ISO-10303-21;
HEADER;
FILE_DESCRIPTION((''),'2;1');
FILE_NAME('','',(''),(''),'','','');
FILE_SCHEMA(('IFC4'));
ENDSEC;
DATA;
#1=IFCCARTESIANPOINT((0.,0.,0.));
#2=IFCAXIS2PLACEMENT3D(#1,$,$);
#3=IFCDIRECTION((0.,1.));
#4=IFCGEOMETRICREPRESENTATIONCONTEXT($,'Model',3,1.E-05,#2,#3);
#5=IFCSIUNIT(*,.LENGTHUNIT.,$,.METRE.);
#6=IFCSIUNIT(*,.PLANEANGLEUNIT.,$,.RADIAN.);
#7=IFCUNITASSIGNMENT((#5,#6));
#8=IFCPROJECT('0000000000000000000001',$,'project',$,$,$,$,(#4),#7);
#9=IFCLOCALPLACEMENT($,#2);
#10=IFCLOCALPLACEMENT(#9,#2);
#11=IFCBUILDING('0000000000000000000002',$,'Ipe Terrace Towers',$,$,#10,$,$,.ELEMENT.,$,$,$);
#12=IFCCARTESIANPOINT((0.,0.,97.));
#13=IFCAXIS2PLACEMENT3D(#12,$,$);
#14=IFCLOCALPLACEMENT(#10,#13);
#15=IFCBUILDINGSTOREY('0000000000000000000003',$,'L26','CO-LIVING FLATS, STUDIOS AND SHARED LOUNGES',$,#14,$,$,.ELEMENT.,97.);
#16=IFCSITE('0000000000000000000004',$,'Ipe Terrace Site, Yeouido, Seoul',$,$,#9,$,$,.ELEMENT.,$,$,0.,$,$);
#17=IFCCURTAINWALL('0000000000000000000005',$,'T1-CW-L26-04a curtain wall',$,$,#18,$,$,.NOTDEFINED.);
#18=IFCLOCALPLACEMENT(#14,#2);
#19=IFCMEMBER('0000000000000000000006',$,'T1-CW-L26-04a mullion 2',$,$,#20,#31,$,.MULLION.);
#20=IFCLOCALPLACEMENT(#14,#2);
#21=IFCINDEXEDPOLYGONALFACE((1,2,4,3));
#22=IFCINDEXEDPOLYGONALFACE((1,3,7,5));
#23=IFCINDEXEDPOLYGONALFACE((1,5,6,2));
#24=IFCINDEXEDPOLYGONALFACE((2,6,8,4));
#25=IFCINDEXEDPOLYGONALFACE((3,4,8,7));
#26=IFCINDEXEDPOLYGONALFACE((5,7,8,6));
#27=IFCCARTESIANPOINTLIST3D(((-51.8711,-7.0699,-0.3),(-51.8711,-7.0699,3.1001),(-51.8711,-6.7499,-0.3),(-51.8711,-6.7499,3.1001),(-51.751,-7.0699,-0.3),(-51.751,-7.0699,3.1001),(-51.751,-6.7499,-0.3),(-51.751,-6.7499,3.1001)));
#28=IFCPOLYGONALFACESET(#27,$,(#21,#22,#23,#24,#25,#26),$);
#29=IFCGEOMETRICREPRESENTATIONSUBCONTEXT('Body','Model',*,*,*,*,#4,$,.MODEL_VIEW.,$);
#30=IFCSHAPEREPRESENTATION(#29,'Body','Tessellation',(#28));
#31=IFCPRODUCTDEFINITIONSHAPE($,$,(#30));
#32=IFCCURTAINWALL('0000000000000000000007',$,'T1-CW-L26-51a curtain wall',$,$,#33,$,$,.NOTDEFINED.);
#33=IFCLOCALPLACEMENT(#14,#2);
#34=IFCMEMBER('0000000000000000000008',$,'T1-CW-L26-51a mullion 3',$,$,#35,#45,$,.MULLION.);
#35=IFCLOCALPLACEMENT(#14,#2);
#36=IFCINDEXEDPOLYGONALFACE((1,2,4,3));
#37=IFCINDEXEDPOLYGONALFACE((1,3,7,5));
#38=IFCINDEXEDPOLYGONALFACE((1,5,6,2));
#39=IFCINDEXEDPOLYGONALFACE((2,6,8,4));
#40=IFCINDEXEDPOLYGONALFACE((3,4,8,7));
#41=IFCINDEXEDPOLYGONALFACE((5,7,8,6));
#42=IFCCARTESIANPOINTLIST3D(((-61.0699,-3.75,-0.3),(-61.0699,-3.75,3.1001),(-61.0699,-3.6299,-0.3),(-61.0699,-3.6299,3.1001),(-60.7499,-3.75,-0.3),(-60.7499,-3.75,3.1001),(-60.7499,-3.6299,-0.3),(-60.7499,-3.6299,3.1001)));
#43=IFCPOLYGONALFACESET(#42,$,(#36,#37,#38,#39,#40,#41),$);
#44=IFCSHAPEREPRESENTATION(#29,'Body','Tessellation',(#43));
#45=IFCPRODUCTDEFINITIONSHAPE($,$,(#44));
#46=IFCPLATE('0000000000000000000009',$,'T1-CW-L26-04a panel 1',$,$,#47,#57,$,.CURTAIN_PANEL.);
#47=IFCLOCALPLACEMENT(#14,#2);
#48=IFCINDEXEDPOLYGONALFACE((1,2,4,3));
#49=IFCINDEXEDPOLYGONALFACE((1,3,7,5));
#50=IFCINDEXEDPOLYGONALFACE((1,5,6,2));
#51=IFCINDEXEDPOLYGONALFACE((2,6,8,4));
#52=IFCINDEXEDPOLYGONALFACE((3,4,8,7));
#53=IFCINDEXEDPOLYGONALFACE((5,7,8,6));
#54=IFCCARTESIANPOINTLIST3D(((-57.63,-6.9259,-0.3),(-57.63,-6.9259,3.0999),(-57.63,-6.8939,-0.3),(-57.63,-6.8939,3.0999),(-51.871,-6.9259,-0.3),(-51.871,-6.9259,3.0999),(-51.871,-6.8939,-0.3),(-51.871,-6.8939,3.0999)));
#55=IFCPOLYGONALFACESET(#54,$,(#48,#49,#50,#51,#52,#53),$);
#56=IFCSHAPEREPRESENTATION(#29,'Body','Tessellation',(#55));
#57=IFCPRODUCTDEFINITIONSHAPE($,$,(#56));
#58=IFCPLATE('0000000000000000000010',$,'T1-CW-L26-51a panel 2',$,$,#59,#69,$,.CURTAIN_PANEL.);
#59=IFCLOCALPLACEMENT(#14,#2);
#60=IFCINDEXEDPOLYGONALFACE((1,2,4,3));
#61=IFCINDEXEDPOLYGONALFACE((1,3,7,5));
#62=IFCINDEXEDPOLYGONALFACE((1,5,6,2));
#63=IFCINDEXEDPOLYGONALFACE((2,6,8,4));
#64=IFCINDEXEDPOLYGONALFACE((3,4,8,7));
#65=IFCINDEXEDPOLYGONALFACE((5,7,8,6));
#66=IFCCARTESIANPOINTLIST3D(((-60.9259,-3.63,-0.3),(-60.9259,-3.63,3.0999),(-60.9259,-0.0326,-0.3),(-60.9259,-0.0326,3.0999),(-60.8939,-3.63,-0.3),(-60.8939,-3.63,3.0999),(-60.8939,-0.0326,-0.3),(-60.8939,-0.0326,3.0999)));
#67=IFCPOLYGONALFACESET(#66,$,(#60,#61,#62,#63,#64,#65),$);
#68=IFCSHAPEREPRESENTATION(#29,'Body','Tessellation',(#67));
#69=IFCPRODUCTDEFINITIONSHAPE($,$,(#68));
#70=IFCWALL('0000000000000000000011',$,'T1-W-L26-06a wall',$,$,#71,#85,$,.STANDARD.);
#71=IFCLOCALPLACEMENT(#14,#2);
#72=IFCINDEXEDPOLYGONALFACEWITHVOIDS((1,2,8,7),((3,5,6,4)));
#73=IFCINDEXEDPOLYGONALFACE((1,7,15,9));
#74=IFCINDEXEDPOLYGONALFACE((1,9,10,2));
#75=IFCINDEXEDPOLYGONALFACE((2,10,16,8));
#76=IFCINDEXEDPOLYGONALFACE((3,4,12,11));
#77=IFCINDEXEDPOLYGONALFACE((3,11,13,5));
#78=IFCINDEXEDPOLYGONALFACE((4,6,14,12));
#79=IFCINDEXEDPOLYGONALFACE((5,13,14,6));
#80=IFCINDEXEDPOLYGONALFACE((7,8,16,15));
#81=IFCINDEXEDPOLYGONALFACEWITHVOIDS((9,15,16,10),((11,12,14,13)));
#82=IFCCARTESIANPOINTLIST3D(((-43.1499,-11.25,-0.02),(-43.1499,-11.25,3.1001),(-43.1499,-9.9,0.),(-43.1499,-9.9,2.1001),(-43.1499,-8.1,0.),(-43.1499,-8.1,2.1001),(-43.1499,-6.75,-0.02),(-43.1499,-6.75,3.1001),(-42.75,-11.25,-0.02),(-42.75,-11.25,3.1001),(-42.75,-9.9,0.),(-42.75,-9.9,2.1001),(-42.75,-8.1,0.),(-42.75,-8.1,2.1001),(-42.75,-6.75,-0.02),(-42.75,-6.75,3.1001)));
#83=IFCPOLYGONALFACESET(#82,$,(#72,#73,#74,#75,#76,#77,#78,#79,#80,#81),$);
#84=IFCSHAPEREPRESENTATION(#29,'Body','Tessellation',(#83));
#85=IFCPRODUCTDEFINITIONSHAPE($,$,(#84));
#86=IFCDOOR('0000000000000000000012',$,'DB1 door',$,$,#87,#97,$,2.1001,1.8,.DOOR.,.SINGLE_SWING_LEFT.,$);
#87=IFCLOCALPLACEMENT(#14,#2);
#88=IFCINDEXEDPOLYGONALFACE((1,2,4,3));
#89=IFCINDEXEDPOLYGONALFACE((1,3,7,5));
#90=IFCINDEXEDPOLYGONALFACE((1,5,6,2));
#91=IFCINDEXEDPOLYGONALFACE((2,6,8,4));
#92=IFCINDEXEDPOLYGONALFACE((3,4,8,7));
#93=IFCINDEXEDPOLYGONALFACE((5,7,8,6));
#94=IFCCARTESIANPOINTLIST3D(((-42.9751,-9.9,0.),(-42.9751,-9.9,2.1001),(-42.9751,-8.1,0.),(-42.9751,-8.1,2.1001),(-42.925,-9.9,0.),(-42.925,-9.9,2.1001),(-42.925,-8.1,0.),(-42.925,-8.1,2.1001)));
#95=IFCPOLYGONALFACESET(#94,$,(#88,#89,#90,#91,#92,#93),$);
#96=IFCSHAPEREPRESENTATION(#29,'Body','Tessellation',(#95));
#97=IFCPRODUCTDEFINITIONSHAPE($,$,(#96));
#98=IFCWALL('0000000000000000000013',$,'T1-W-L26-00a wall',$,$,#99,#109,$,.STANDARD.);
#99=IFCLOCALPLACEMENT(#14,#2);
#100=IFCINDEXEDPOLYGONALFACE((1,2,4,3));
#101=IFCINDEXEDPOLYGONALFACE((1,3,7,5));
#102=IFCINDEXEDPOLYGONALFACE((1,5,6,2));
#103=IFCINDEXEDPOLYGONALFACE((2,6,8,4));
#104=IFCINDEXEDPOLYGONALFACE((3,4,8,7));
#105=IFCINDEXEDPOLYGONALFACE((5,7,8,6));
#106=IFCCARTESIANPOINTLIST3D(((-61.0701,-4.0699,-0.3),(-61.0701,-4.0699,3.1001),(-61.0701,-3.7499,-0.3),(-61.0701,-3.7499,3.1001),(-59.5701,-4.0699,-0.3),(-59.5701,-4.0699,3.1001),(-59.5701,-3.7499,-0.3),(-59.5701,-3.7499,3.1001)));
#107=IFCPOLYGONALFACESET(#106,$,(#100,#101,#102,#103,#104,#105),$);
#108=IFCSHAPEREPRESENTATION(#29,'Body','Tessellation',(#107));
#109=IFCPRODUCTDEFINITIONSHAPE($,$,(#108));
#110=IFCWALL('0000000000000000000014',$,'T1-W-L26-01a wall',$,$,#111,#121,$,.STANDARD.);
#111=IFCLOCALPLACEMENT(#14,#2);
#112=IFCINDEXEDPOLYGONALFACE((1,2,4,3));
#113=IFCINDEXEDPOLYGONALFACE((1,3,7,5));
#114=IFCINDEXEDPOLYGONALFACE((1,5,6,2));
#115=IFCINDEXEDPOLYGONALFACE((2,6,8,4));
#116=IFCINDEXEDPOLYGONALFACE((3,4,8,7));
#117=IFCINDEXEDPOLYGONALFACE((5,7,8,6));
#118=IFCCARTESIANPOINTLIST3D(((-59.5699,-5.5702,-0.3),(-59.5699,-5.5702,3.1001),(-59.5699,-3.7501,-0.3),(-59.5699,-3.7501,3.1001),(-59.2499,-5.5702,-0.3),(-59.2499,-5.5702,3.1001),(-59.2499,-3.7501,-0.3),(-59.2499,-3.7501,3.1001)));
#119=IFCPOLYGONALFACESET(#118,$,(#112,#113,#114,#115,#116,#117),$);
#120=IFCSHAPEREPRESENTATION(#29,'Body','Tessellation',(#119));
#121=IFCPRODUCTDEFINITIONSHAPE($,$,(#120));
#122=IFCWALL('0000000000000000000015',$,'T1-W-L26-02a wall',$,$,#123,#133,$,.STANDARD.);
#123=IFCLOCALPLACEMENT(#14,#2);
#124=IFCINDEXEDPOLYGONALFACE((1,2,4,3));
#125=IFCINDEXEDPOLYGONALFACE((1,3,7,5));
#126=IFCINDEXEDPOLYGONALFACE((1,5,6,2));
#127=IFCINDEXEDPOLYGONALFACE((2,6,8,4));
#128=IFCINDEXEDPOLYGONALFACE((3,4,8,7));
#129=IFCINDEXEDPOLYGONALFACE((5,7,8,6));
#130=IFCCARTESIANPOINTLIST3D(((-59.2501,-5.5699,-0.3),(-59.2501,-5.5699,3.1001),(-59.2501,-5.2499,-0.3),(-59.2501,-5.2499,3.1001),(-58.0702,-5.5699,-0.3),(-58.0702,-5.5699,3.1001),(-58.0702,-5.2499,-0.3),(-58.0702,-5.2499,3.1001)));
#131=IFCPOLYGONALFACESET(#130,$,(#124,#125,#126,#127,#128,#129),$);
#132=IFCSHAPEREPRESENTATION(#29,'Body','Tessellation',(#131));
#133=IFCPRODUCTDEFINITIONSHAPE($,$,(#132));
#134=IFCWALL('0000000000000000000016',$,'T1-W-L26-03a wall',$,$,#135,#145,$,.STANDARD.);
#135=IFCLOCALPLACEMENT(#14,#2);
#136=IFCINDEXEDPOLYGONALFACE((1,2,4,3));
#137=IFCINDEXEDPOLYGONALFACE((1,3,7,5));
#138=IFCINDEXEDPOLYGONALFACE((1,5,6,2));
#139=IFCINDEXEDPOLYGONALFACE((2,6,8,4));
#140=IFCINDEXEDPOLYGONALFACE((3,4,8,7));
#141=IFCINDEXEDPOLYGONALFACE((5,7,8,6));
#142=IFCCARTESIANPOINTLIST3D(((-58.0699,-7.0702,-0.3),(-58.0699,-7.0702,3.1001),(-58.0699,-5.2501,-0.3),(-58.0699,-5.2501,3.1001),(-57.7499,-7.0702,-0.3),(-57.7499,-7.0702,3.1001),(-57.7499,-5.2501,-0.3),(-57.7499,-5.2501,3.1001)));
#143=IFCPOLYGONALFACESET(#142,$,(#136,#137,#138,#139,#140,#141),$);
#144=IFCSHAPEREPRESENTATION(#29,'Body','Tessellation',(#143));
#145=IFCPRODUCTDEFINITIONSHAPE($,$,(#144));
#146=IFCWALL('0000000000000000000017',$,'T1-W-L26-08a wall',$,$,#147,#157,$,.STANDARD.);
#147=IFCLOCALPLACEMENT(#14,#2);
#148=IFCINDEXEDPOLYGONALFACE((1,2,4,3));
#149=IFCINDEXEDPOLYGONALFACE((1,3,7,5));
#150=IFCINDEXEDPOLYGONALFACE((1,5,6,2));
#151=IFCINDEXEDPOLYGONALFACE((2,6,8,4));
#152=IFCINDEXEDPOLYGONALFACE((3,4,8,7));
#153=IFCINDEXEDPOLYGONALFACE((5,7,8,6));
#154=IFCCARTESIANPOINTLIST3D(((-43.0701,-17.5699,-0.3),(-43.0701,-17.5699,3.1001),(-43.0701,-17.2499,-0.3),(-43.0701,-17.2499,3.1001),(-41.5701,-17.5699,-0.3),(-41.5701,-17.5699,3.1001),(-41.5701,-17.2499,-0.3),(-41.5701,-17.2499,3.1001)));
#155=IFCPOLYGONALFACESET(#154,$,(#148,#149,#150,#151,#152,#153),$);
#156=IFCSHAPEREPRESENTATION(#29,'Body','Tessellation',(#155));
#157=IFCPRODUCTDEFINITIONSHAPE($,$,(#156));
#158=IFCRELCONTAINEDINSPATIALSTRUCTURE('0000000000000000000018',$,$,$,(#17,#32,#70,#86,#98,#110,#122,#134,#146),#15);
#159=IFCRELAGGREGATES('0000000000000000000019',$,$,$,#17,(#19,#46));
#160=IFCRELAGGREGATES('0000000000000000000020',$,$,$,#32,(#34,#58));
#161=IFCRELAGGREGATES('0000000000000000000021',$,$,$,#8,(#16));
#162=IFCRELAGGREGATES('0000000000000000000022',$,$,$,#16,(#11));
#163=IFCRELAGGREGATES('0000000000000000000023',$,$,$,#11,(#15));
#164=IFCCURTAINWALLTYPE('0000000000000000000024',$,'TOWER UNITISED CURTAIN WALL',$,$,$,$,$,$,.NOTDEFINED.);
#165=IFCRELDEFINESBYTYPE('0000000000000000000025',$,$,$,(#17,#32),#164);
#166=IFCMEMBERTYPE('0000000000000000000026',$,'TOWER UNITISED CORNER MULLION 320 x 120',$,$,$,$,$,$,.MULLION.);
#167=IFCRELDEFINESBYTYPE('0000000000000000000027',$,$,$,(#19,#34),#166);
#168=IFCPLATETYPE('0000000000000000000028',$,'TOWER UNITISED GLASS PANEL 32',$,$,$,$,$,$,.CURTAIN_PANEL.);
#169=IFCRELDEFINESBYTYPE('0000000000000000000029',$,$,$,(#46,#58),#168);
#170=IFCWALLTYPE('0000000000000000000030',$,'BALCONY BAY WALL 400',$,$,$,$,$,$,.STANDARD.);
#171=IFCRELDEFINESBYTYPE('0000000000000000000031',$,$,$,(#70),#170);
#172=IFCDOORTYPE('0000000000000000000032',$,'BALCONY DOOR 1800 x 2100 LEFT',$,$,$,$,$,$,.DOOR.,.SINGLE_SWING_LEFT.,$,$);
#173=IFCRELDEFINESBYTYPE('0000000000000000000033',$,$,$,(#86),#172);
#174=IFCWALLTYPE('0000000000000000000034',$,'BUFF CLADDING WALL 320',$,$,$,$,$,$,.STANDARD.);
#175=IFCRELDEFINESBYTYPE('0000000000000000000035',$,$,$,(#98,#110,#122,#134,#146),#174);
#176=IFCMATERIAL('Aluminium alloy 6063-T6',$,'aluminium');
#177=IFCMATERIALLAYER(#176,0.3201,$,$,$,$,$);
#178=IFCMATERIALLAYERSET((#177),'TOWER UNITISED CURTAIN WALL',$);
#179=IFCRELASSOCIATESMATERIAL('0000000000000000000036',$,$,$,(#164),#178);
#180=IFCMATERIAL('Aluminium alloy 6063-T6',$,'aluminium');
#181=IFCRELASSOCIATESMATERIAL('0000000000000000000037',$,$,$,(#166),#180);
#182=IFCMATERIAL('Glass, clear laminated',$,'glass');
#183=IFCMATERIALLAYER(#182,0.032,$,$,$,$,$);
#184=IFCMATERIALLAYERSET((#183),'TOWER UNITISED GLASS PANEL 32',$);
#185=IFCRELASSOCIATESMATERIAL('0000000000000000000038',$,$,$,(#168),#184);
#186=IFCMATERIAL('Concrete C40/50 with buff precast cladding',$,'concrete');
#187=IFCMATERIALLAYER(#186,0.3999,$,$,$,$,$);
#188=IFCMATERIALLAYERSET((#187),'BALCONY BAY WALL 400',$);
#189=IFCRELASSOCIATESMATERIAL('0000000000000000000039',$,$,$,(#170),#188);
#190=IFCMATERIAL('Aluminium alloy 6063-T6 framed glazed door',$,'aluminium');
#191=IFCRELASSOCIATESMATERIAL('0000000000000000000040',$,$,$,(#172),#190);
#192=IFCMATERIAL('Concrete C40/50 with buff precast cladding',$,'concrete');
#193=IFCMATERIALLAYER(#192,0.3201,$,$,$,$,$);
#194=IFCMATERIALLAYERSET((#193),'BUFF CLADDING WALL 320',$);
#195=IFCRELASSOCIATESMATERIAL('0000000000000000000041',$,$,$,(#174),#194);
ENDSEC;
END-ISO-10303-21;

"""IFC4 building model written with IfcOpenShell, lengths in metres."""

from ifc_helpers import new_model, si_unit, direction, frame, frame_2d, origin, origin_2d, place, context, subcontext, project, spatial, rectangle, extrude, material, layer, layer_set, material_profile, profile_set, type_object, element, fill, aggregate, save


model = new_model("IFC4")

# Units and contexts
model_context = context("Model", 3, precision=1e-05, world=origin(), true_north=direction((0.0, 1.0)))
body_context = subcontext(model_context, "Body", "Model", "MODEL_VIEW")
ifc_project = project(units=[si_unit("LENGTHUNIT", "METRE"), si_unit("PLANEANGLEUNIT", "RADIAN")], contexts=[model_context])

# Site, building, storey
site_placement = place(None, origin())
site = spatial("IfcSite", under=ifc_project, at=site_placement, Name="Ipe Terrace Site, Yeouido, Seoul", CompositionType="ELEMENT", RefElevation=0.0)
building_placement = place(site_placement, origin())
building = spatial("IfcBuilding", under=site, at=building_placement, Name="Ipe Terrace Towers", CompositionType="ELEMENT")
storey_placement = place(building_placement, frame((0.0, 0.0, 97.0)))
storey = spatial("IfcBuildingStorey", under=building, at=storey_placement, Name="L26", Description="CO-LIVING FLATS, STUDIOS AND SHARED LOUNGES", CompositionType="ELEMENT", Elevation=97.0)

# Curtain wall, member
ifc_material_1 = material(Name="Aluminium alloy 6063-T6", Category="aluminium")
ifc_layer_1 = layer(ifc_material_1, 0.3201)
ifc_layer_set_1 = layer_set([ifc_layer_1], Name="TOWER UNITISED CURTAIN WALL")
curtain_wall_type = type_object("IfcCurtainWallType", Name="TOWER UNITISED CURTAIN WALL", PredefinedType="NOTDEFINED", material=ifc_layer_set_1)
curtain_wall_1_placement = place(storey_placement, origin())
curtain_wall_1 = element("IfcCurtainWall", 1, at=curtain_wall_1_placement, inside=storey, type_object=curtain_wall_type, Name="T1-CW-L26-04a curtain wall", PredefinedType="NOTDEFINED")
ifc_material_2 = material(Name="Aluminium alloy 6063-T6", Category="aluminium")
ifc_material_profile_1 = material_profile(ifc_material_2, rectangle(XDim=0.3201, YDim=0.1201, at=origin_2d()), Name="TOWER UNITISED CORNER MULLION 320 x 120")
ifc_profile_set_1 = profile_set([ifc_material_profile_1], Name="Aluminium alloy 6063-T6")
member_type = type_object("IfcMemberType", Name="TOWER UNITISED CORNER MULLION 320 x 120", PredefinedType="MULLION", material=ifc_profile_set_1)
member_1_placement = place(storey_placement, frame((-51.811, -6.9099, -0.3), z_axis=(0.0, 0.0, 1.0), x_axis=(0.0, -1.0, 0.0)))
member_1 = element("IfcMember", 2, at=member_1_placement, type_object=member_type, Name="T1-CW-L26-04a mullion 2", PredefinedType="MULLION", context=body_context, shape_type="SweptSolid", body=[
    extrude(rectangle(XDim=0.3201, YDim=0.1201, at=origin_2d()), origin(), (0.0, 0.0, 1.0), 3.4001),
])

# Curtain wall, member
curtain_wall_2_placement = place(storey_placement, origin())
curtain_wall_2 = element("IfcCurtainWall", 3, at=curtain_wall_2_placement, inside=storey, type_object=curtain_wall_type, Name="T1-CW-L26-51a curtain wall", PredefinedType="NOTDEFINED")
member_2_placement = place(storey_placement, frame((-60.9099, -3.6899, -0.3), z_axis=(0.0, 0.0, 1.0), x_axis=(-1.0, 0.0, 0.0)))
member_2 = element("IfcMember", 4, at=member_2_placement, type_object=member_type, Name="T1-CW-L26-51a mullion 3", PredefinedType="MULLION", context=body_context, shape_type="SweptSolid", body=[
    extrude(rectangle(XDim=0.3201, YDim=0.1201, at=origin_2d()), origin(), (0.0, 0.0, 1.0), 3.4001),
])

# Plates
ifc_material_3 = material(Name="Glass, clear laminated", Category="glass")
ifc_layer_2 = layer(ifc_material_3, 0.032)
ifc_layer_set_2 = layer_set([ifc_layer_2], Name="TOWER UNITISED GLASS PANEL 32")
plate_type = type_object("IfcPlateType", Name="TOWER UNITISED GLASS PANEL 32", PredefinedType="CURTAIN_PANEL", material=ifc_layer_set_2)
plate_1_placement = place(storey_placement, frame((-54.7505, -6.9099, -0.3), z_axis=(0.0, 0.0, 1.0), x_axis=(1.0, 0.0, 0.0)))
plate_1 = element("IfcPlate", 5, at=plate_1_placement, type_object=plate_type, Name="T1-CW-L26-04a panel 1", PredefinedType="CURTAIN_PANEL", context=body_context, shape_type="SweptSolid", body=[
    extrude(rectangle(XDim=5.759, YDim=0.032, at=origin_2d()), origin(), (0.0, 0.0, 1.0), 3.3999),
])
aggregate(curtain_wall_1, [member_1, plate_1])
plate_2_placement = place(storey_placement, frame((-60.9099, -1.8313, -0.3), z_axis=(0.0, 0.0, 1.0), x_axis=(0.0, -1.0, 0.0)))
plate_2 = element("IfcPlate", 6, at=plate_2_placement, type_object=plate_type, Name="T1-CW-L26-51a panel 2", PredefinedType="CURTAIN_PANEL", context=body_context, shape_type="SweptSolid", body=[
    extrude(rectangle(XDim=3.5974, YDim=0.032, at=origin_2d()), origin(), (0.0, 0.0, 1.0), 3.3999),
])
aggregate(curtain_wall_2, [member_2, plate_2])

# Wall, opening, door
ifc_material_4 = material(Name="Concrete C40/50 with buff precast cladding", Category="concrete")
ifc_layer_3 = layer(ifc_material_4, 0.3999)
ifc_layer_set_3 = layer_set([ifc_layer_3], Name="BALCONY BAY WALL 400")
wall_type_1 = type_object("IfcWallType", Name="BALCONY BAY WALL 400", PredefinedType="STANDARD", material=ifc_layer_set_3)
wall_1_placement = place(storey_placement, frame((-42.95, -6.75, -0.02), z_axis=(0.0, 0.0, 1.0), x_axis=(0.0, -1.0, 0.0)))
wall_1 = element("IfcWall", 7, at=wall_1_placement, inside=storey, type_object=wall_type_1, Name="T1-W-L26-06a wall", PredefinedType="STANDARD", context=body_context, shape_type="SweptSolid", body=[
    extrude(rectangle(XDim=4.5, YDim=0.3999, at=frame_2d((2.25, 0.0))), origin(), (0.0, 0.0, 1.0), 3.1201),
])
opening_1_placement = place(wall_1_placement, frame((1.3501, 0.0, 0.02)))
opening_1 = element("IfcOpeningElement", 8, at=opening_1_placement, cuts=wall_1, PredefinedType="OPENING", context=body_context, shape_type="SweptSolid", body=[
    extrude(rectangle(XDim=1.8, YDim=2.1001, at=frame_2d((0.8999, 1.05))), frame((0.0, 0.21, 0.0), z_axis=(0.0, -1.0, 0.0), x_axis=(1.0, 0.0, 0.0)), (0.0, 0.0, 1.0), 0.4199),
])
ifc_material_5 = material(Name="Aluminium alloy 6063-T6 framed glazed door", Category="aluminium")
door_type_1 = type_object("IfcDoorType", Name="BALCONY DOOR 1800 x 2100 LEFT", OperationType="SINGLE_SWING_LEFT", PredefinedType="DOOR", material=ifc_material_5)
door_1_placement = place(opening_1_placement, origin())
door_1 = element("IfcDoor", 9, at=door_1_placement, inside=storey, type_object=door_type_1, Name="DB1 door", OperationType="SINGLE_SWING_LEFT", OverallHeight=2.1001, OverallWidth=1.8, PredefinedType="DOOR", context=body_context, shape_type="SweptSolid", body=[
    extrude(rectangle(XDim=1.8, YDim=2.1001, at=frame_2d((0.8999, 1.05))), frame((0.0, 0.0249, 0.0), z_axis=(0.0, -1.0, 0.0), x_axis=(1.0, 0.0, 0.0)), (0.0, 0.0, 1.0), 0.05),
])
fill(opening_1, door_1)

# Walls
ifc_material_6 = material(Name="Concrete C40/50 with buff precast cladding", Category="concrete")
ifc_layer_4 = layer(ifc_material_6, 0.3201)
ifc_layer_set_4 = layer_set([ifc_layer_4], Name="BUFF CLADDING WALL 320")
wall_type_2 = type_object("IfcWallType", Name="BUFF CLADDING WALL 320", PredefinedType="STANDARD", material=ifc_layer_set_4)
wall_2_placement = place(storey_placement, frame((-61.0701, -3.9099, -0.3), z_axis=(0.0, 0.0, 1.0), x_axis=(1.0, 0.0, 0.0)))
element("IfcWall", 10, at=wall_2_placement, inside=storey, type_object=wall_type_2, Name="T1-W-L26-00a wall", PredefinedType="STANDARD", context=body_context, shape_type="SweptSolid", body=[
    extrude(rectangle(XDim=1.5, YDim=0.3201, at=frame_2d((0.75, 0.0))), origin(), (0.0, 0.0, 1.0), 3.4001),
])
wall_3_placement = place(storey_placement, frame((-59.4099, -3.75, -0.3), z_axis=(0.0, 0.0, 1.0), x_axis=(0.0, -1.0, 0.0)))
element("IfcWall", 11, at=wall_3_placement, inside=storey, type_object=wall_type_2, Name="T1-W-L26-01a wall", PredefinedType="STANDARD", context=body_context, shape_type="SweptSolid", body=[
    extrude(rectangle(XDim=1.8201, YDim=0.3201, at=frame_2d((0.9102, 0.0))), origin(), (0.0, 0.0, 1.0), 3.4001),
])
wall_4_placement = place(storey_placement, frame((-59.25, -5.4099, -0.3), z_axis=(0.0, 0.0, 1.0), x_axis=(1.0, 0.0, 0.0)))
element("IfcWall", 12, at=wall_4_placement, inside=storey, type_object=wall_type_2, Name="T1-W-L26-02a wall", PredefinedType="STANDARD", context=body_context, shape_type="SweptSolid", body=[
    extrude(rectangle(XDim=1.1799, YDim=0.3201, at=frame_2d((0.5898, 0.0))), origin(), (0.0, 0.0, 1.0), 3.4001),
])
wall_5_placement = place(storey_placement, frame((-57.9099, -5.25, -0.3), z_axis=(0.0, 0.0, 1.0), x_axis=(0.0, -1.0, 0.0)))
element("IfcWall", 13, at=wall_5_placement, inside=storey, type_object=wall_type_2, Name="T1-W-L26-03a wall", PredefinedType="STANDARD", context=body_context, shape_type="SweptSolid", body=[
    extrude(rectangle(XDim=1.8201, YDim=0.3201, at=frame_2d((0.9102, 0.0))), origin(), (0.0, 0.0, 1.0), 3.4001),
])
wall_6_placement = place(storey_placement, frame((-43.0701, -17.4099, -0.3), z_axis=(0.0, 0.0, 1.0), x_axis=(1.0, 0.0, 0.0)))
element("IfcWall", 14, at=wall_6_placement, inside=storey, type_object=wall_type_2, Name="T1-W-L26-08a wall", PredefinedType="STANDARD", context=body_context, shape_type="SweptSolid", body=[
    extrude(rectangle(XDim=1.5, YDim=0.3201, at=frame_2d((0.75, 0.0))), origin(), (0.0, 0.0, 1.0), 3.4001),
])

save(model, "model.ifc")
